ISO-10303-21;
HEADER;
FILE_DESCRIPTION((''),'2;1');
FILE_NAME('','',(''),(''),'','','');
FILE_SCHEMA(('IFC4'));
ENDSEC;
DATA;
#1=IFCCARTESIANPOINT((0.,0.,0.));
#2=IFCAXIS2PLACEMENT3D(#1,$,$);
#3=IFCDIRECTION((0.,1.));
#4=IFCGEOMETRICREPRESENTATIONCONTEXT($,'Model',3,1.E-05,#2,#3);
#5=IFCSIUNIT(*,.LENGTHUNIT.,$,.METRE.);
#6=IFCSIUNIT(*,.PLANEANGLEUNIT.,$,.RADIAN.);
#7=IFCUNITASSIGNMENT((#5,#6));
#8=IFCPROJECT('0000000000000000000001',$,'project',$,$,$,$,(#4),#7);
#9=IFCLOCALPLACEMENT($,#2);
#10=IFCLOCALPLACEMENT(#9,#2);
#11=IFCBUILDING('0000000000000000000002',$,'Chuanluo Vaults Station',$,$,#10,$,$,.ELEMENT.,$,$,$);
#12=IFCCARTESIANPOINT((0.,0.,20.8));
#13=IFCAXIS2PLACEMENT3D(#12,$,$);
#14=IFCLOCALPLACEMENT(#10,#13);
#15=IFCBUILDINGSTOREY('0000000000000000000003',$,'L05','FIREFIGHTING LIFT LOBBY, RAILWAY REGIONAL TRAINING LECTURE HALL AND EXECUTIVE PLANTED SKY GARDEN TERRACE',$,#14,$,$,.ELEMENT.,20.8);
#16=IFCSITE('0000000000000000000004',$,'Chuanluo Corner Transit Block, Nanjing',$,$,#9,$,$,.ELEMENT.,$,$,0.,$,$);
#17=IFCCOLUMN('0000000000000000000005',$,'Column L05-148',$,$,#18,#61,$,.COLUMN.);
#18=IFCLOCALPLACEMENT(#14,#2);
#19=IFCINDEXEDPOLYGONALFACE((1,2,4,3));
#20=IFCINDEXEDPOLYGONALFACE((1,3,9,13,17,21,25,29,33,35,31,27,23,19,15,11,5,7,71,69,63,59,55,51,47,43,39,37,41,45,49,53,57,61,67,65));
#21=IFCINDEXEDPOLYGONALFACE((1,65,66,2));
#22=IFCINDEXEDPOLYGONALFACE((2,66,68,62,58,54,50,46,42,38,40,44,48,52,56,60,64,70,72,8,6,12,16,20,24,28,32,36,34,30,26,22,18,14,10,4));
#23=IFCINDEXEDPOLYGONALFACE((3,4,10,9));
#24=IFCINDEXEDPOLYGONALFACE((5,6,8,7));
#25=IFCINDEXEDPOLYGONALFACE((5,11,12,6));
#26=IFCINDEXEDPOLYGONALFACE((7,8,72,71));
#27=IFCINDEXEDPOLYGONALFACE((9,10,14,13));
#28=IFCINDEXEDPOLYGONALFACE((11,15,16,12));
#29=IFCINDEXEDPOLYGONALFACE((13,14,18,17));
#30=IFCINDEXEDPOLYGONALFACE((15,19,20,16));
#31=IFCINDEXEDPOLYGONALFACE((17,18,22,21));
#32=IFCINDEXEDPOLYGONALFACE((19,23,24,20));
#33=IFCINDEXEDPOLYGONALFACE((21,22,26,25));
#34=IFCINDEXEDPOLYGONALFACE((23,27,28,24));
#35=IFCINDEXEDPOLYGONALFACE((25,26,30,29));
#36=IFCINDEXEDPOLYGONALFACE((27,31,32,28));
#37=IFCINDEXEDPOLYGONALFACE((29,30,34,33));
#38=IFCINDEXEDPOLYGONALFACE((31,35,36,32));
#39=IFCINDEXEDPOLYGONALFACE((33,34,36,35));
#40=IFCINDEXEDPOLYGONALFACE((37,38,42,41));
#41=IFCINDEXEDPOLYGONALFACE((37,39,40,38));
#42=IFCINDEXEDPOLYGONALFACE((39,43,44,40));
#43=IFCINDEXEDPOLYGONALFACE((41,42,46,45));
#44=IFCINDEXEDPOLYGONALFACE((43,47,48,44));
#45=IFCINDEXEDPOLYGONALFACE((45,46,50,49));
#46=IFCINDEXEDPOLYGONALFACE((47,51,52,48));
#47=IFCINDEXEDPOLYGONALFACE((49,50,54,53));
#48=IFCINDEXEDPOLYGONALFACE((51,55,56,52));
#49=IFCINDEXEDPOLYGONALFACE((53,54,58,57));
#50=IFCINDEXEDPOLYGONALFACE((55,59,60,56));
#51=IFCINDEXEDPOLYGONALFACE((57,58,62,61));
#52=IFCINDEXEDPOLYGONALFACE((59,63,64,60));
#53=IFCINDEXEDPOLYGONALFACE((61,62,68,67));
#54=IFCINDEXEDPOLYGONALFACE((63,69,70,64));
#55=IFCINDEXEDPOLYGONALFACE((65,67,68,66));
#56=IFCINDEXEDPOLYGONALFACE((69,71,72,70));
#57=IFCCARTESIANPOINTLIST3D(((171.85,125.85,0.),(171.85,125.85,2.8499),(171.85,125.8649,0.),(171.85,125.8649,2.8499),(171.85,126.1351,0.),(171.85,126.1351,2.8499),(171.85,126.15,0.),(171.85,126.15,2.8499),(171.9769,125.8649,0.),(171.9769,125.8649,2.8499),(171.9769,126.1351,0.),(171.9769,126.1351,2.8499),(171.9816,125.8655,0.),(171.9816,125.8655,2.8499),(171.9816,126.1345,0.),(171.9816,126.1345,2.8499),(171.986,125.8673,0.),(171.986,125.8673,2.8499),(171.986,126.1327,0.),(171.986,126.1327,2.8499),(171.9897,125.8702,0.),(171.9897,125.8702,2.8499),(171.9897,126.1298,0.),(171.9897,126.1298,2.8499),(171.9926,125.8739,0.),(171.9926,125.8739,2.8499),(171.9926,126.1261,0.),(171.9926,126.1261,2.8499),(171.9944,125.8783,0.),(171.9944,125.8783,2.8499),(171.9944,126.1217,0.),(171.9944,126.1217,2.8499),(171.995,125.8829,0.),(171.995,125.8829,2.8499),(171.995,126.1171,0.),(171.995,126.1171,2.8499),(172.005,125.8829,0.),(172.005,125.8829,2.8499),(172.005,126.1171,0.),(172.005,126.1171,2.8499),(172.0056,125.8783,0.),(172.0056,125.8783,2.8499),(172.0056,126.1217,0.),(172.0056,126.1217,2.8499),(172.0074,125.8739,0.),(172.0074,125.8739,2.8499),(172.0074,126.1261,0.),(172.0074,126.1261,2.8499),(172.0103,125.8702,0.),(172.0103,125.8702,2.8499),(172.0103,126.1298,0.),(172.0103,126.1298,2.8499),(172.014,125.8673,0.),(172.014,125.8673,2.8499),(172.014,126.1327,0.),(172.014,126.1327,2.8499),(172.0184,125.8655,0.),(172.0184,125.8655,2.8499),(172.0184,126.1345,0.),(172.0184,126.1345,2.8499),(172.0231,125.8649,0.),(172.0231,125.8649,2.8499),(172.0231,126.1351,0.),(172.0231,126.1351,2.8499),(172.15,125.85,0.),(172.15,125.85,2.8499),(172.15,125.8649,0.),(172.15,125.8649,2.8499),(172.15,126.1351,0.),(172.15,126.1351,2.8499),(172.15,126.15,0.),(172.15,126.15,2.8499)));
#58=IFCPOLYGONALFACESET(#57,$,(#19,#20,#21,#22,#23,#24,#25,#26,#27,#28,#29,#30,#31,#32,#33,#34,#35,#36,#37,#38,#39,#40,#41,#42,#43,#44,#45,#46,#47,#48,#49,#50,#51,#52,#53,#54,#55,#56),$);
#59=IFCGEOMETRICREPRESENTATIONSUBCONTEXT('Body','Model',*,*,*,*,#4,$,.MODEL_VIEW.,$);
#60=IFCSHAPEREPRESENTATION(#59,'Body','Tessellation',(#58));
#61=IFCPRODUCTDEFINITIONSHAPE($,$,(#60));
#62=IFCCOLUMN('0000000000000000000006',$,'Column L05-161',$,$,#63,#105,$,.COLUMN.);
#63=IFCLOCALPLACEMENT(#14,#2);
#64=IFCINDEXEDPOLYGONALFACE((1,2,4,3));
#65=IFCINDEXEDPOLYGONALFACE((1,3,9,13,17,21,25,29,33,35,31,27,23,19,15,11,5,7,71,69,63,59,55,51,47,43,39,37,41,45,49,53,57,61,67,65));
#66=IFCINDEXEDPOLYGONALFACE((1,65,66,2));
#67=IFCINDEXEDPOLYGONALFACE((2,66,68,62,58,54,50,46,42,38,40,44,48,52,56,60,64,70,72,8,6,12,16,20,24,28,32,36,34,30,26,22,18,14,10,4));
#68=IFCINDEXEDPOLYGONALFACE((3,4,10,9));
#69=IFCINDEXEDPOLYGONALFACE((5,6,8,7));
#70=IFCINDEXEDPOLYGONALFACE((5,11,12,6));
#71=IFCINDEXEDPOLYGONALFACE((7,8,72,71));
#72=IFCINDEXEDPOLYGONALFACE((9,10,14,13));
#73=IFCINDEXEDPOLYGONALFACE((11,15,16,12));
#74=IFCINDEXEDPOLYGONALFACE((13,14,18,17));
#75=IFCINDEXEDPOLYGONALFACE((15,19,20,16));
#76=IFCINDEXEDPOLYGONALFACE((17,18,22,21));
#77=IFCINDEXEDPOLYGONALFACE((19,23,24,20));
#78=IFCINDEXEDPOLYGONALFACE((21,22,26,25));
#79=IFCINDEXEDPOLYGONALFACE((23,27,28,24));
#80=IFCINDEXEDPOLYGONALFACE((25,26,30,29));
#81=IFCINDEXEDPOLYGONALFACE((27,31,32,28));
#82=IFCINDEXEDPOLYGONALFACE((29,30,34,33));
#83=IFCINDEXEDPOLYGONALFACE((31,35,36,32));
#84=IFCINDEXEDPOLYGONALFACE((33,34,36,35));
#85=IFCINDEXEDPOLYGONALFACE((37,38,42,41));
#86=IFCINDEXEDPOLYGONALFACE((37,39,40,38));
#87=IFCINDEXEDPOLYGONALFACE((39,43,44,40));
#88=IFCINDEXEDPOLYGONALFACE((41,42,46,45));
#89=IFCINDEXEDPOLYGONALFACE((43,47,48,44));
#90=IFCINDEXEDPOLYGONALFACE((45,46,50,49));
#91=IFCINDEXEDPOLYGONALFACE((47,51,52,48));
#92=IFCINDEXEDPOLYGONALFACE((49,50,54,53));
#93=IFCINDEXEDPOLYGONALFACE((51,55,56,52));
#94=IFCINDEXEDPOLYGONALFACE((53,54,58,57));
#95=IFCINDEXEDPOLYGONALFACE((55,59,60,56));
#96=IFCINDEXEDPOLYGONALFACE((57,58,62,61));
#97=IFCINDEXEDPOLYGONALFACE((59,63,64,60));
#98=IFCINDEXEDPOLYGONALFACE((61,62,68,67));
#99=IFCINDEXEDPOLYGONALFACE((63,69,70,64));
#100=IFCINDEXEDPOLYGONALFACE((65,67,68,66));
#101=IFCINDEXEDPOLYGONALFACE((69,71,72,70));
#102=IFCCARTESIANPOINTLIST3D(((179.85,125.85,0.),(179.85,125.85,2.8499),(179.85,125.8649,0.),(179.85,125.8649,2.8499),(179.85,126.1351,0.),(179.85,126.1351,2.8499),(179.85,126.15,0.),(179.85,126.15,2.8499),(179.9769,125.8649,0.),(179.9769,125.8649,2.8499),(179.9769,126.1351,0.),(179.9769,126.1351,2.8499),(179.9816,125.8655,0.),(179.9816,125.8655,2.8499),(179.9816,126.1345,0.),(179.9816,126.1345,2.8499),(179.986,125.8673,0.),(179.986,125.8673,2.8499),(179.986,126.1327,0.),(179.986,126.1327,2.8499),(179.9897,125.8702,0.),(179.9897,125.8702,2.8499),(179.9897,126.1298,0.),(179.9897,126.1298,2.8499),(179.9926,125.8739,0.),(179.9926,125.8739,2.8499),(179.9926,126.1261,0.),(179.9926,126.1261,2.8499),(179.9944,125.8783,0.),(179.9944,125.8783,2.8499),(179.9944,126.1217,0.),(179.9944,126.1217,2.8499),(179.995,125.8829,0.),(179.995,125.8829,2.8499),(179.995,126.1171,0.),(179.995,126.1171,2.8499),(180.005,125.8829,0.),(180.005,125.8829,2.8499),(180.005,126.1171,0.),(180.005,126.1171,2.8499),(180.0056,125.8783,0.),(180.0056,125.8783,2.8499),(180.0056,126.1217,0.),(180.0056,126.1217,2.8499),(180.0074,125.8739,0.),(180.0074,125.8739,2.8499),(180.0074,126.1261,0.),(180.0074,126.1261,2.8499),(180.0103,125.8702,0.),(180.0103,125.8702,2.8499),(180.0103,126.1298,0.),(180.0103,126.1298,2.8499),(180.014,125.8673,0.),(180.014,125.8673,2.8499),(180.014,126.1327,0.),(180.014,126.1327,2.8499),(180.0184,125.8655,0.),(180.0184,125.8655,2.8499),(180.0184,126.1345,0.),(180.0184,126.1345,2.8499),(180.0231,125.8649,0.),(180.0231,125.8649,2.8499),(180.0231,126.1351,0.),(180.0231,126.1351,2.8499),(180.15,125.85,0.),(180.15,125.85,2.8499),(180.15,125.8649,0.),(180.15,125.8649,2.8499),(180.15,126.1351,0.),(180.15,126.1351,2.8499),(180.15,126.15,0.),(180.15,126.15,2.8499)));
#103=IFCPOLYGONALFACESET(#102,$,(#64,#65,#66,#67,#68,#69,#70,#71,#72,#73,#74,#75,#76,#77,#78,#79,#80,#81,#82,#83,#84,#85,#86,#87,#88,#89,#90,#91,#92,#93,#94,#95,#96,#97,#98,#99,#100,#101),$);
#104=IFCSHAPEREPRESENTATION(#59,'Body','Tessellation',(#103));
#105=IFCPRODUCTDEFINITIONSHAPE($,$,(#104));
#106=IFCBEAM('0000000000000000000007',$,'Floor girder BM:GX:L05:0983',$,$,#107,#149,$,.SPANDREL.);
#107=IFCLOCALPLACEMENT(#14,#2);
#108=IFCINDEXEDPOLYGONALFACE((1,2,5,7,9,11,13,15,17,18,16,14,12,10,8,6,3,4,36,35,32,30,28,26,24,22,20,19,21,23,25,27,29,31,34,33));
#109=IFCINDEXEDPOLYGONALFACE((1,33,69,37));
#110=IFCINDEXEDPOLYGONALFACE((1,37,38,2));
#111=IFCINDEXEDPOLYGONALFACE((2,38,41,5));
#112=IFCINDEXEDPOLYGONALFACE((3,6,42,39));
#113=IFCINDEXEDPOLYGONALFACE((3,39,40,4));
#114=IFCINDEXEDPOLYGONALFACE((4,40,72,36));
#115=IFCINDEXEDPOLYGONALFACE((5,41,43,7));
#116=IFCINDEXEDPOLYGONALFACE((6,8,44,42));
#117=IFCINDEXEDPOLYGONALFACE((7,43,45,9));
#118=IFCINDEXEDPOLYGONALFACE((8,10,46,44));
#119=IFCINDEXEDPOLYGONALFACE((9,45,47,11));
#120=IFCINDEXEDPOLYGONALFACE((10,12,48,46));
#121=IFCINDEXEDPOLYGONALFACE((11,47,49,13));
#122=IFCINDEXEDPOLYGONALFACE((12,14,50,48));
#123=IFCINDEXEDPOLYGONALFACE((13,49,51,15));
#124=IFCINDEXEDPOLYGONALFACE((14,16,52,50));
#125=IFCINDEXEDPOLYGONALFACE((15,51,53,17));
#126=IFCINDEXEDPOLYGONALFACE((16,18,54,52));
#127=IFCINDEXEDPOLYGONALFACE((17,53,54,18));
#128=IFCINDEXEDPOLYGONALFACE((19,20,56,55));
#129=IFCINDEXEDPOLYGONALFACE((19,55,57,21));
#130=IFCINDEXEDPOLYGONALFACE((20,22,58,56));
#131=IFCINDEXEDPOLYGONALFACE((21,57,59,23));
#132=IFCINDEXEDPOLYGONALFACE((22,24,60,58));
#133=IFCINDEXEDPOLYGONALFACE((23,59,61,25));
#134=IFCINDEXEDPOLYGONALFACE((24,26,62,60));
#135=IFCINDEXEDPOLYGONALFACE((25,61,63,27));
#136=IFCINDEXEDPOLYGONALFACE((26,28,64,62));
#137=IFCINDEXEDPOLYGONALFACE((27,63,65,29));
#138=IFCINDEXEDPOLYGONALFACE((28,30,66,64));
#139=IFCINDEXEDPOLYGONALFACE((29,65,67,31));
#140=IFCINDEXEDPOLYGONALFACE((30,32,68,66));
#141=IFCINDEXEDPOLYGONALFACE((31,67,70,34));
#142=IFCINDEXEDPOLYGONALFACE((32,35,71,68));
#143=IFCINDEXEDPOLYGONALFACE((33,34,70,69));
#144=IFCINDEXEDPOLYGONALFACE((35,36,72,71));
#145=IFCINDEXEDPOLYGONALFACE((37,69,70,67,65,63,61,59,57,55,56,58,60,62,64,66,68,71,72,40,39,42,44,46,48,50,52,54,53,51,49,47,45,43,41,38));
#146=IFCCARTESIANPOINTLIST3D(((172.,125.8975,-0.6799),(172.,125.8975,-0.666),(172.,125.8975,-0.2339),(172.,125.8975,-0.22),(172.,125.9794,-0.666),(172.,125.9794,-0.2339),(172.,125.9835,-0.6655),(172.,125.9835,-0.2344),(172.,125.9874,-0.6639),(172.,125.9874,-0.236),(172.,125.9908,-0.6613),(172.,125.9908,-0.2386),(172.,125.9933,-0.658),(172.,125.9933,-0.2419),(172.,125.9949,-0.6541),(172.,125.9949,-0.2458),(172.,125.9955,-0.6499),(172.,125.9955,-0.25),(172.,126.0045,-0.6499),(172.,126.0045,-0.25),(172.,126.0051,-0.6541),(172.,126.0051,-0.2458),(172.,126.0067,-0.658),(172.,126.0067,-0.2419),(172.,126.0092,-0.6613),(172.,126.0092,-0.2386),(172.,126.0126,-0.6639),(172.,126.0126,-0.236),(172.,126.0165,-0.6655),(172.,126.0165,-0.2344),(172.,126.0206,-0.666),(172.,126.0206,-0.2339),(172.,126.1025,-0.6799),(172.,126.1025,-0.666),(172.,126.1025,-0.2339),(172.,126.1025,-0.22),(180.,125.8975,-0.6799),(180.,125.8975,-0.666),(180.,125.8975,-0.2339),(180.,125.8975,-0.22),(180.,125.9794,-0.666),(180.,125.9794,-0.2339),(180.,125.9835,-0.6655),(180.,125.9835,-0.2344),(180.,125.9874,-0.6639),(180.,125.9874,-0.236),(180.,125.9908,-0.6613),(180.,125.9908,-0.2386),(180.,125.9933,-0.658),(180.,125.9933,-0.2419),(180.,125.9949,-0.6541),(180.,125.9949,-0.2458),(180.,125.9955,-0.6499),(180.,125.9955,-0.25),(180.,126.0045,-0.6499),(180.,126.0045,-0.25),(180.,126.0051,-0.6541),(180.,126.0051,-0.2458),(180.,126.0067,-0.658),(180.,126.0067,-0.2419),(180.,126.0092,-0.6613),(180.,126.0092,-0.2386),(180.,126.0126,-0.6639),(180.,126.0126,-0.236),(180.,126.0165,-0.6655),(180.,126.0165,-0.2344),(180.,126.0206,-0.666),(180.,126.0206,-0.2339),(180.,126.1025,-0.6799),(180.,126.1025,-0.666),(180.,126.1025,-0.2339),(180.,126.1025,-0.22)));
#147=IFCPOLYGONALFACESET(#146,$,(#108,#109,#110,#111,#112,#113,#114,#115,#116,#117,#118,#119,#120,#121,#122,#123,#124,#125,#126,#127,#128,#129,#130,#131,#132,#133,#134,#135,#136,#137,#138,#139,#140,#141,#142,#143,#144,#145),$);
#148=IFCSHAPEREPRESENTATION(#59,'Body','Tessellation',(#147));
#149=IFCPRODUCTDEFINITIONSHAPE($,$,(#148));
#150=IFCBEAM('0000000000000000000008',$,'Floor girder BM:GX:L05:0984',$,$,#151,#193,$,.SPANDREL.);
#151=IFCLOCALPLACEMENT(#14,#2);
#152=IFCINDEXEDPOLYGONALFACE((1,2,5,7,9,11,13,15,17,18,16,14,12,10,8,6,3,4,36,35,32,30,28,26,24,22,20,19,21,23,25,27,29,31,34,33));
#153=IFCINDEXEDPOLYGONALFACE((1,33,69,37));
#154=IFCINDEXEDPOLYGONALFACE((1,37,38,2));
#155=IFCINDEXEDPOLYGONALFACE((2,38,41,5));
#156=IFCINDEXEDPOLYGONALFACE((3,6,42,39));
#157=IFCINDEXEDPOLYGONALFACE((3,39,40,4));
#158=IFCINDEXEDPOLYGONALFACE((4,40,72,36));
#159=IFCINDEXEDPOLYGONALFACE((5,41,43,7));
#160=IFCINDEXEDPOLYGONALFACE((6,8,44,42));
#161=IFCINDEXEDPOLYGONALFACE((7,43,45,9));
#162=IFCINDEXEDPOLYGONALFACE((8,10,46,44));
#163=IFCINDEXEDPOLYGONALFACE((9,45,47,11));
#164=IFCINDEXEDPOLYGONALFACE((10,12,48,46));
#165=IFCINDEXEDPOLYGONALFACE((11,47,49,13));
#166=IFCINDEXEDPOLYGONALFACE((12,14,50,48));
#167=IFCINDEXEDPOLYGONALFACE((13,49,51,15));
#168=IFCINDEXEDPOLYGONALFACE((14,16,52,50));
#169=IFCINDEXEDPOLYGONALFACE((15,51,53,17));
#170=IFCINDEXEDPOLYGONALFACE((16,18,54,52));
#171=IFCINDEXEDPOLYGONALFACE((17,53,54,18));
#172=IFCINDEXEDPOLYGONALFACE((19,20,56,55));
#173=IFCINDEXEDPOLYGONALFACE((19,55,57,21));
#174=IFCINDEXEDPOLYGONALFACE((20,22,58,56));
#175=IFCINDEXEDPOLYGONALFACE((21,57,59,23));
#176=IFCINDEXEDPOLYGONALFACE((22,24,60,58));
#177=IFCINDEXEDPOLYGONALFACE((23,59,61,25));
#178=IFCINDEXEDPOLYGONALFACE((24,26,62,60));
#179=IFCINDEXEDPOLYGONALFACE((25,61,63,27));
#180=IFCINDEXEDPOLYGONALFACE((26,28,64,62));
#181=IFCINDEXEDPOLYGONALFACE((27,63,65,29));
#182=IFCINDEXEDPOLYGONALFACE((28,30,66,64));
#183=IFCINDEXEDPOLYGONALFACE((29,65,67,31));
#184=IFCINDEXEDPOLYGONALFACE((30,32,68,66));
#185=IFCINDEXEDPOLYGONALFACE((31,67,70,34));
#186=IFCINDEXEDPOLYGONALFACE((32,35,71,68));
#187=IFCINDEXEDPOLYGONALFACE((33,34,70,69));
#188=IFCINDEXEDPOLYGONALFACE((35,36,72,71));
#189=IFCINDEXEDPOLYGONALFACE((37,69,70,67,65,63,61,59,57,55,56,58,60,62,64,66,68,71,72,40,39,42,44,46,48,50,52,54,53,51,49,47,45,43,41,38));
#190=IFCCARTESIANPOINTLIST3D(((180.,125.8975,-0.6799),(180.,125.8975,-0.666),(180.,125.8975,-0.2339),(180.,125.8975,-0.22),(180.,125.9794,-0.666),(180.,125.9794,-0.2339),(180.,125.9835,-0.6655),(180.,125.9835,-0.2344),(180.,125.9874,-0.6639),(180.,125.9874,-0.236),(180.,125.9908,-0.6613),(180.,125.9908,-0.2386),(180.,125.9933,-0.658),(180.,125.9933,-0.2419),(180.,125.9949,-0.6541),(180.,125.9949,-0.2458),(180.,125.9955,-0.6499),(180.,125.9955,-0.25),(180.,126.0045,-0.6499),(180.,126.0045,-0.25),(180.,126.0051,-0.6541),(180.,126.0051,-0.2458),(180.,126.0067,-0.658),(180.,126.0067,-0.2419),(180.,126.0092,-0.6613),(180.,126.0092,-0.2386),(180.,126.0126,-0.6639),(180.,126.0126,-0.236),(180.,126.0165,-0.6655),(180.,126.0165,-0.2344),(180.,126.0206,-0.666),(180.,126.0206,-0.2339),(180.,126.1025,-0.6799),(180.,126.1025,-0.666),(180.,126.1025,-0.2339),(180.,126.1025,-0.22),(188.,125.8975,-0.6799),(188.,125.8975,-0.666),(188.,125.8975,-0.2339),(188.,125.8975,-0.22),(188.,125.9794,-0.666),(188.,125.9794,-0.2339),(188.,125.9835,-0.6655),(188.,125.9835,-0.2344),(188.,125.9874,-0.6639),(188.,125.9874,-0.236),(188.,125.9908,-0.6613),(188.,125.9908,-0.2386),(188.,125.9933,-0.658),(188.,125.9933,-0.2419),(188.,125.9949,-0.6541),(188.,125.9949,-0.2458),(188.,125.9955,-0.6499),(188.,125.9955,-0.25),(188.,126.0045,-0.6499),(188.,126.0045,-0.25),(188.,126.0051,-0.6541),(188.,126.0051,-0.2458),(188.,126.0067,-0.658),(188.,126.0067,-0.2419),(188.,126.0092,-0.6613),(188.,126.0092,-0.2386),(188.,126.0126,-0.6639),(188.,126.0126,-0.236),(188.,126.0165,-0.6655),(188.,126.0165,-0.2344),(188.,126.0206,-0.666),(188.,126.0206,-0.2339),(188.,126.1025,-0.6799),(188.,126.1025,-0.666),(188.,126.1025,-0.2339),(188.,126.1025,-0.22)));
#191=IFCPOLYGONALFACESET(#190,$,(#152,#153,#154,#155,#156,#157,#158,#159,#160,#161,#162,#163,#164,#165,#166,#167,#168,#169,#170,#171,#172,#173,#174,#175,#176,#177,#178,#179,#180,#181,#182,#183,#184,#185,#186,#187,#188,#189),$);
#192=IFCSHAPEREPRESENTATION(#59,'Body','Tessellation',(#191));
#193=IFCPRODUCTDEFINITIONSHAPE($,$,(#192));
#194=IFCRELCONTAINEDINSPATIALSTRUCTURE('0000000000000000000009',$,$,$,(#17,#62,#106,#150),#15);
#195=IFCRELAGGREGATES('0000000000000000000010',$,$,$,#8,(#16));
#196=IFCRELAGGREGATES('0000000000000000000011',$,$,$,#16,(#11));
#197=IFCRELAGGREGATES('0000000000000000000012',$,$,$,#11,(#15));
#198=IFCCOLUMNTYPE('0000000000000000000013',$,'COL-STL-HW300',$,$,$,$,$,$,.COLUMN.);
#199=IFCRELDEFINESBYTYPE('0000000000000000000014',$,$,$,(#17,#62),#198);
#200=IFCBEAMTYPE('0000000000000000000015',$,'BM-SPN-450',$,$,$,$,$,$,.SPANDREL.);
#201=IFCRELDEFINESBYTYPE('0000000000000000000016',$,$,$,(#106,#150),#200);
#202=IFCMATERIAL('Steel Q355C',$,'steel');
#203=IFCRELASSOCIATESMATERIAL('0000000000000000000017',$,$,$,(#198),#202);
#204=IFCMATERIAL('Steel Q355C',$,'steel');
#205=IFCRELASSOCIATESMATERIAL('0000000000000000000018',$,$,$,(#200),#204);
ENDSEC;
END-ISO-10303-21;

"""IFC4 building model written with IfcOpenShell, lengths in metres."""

from ifc_helpers import new_model, si_unit, direction, frame, origin, origin_2d, place, context, subcontext, project, spatial, i_section, extrude, material, material_profile, profile_set, type_object, element, save


model = new_model("IFC4")

# Units and contexts
model_context = context("Model", 3, precision=1e-05, world=origin(), true_north=direction((0.0, 1.0)))
body_context = subcontext(model_context, "Body", "Model", "MODEL_VIEW")
ifc_project = project(units=[si_unit("LENGTHUNIT", "METRE"), si_unit("PLANEANGLEUNIT", "RADIAN")], contexts=[model_context])

# Site, building, storey
site_placement = place(None, origin())
site = spatial("IfcSite", under=ifc_project, at=site_placement, Name="Chuanluo Corner Transit Block, Nanjing", CompositionType="ELEMENT", RefElevation=0.0)
building_placement = place(site_placement, origin())
building = spatial("IfcBuilding", under=site, at=building_placement, Name="Chuanluo Vaults Station", CompositionType="ELEMENT")
storey_placement = place(building_placement, frame((0.0, 0.0, 20.8)))
storey = spatial("IfcBuildingStorey", under=building, at=storey_placement, Name="L05", Description="FIREFIGHTING LIFT LOBBY, RAILWAY REGIONAL TRAINING LECTURE HALL AND EXECUTIVE PLANTED SKY GARDEN TERRACE", CompositionType="ELEMENT", Elevation=20.8)

# Columns
ifc_material_1 = material(Name="Steel Q355C", Category="steel")
ifc_material_profile_1 = material_profile(ifc_material_1, i_section(OverallWidth=0.3, OverallDepth=0.3, WebThickness=0.01, FlangeThickness=0.0149, FilletRadius=0.0181, at=origin_2d()))
ifc_profile_set_1 = profile_set([ifc_material_profile_1], Name="Steel Q355C")
column_type = type_object("IfcColumnType", Name="COL-STL-HW300", PredefinedType="COLUMN", material=ifc_profile_set_1)
for number, where, z_axis, x_axis, name in (
    (1, (172.0, 126.0, 0.0), (0.0, 0.0, 1.0), (1.0, 0.0, 0.0), "Column L05-148"),
    (2, (180.0, 126.0, 0.0), (0.0, 0.0, 1.0), (1.0, 0.0, 0.0), "Column L05-161"),
):
    element("IfcColumn", number, at=place(storey_placement, frame(where, z_axis=z_axis, x_axis=x_axis)), inside=storey, type_object=column_type, Name=name, PredefinedType="COLUMN", context=body_context, shape_type="SweptSolid", body=[
        extrude(i_section(OverallWidth=0.3, OverallDepth=0.3, WebThickness=0.01, FlangeThickness=0.0149, FilletRadius=0.0181, at=origin_2d()), origin(), (0.0, 0.0, 1.0), 2.8499),
    ])

# Beams
ifc_material_2 = material(Name="Steel Q355C", Category="steel")
ifc_material_profile_2 = material_profile(ifc_material_2, i_section(OverallWidth=0.2051, OverallDepth=0.46, WebThickness=0.009, FlangeThickness=0.0139, FilletRadius=0.0161, at=origin_2d()))
ifc_profile_set_2 = profile_set([ifc_material_profile_2], Name="Steel Q355C")
beam_type = type_object("IfcBeamType", Name="BM-SPN-450", PredefinedType="SPANDREL", material=ifc_profile_set_2)
for number, where, z_axis, x_axis, name in (
    (3, (172.0, 126.0, -0.45), (1.0, 0.0, 0.0), (0.0, 1.0, 0.0), "Floor girder BM:GX:L05:0983"),
    (4, (180.0, 126.0, -0.45), (1.0, 0.0, 0.0), (0.0, 1.0, 0.0), "Floor girder BM:GX:L05:0984"),
):
    element("IfcBeam", number, at=place(storey_placement, frame(where, z_axis=z_axis, x_axis=x_axis)), inside=storey, type_object=beam_type, Name=name, PredefinedType="SPANDREL", context=body_context, shape_type="SweptSolid", body=[
        extrude(i_section(OverallWidth=0.2051, OverallDepth=0.46, WebThickness=0.009, FlangeThickness=0.0139, FilletRadius=0.0161, at=origin_2d()), origin(), (0.0, 0.0, 1.0), 8.0),
    ])

save(model, "model.ifc")
